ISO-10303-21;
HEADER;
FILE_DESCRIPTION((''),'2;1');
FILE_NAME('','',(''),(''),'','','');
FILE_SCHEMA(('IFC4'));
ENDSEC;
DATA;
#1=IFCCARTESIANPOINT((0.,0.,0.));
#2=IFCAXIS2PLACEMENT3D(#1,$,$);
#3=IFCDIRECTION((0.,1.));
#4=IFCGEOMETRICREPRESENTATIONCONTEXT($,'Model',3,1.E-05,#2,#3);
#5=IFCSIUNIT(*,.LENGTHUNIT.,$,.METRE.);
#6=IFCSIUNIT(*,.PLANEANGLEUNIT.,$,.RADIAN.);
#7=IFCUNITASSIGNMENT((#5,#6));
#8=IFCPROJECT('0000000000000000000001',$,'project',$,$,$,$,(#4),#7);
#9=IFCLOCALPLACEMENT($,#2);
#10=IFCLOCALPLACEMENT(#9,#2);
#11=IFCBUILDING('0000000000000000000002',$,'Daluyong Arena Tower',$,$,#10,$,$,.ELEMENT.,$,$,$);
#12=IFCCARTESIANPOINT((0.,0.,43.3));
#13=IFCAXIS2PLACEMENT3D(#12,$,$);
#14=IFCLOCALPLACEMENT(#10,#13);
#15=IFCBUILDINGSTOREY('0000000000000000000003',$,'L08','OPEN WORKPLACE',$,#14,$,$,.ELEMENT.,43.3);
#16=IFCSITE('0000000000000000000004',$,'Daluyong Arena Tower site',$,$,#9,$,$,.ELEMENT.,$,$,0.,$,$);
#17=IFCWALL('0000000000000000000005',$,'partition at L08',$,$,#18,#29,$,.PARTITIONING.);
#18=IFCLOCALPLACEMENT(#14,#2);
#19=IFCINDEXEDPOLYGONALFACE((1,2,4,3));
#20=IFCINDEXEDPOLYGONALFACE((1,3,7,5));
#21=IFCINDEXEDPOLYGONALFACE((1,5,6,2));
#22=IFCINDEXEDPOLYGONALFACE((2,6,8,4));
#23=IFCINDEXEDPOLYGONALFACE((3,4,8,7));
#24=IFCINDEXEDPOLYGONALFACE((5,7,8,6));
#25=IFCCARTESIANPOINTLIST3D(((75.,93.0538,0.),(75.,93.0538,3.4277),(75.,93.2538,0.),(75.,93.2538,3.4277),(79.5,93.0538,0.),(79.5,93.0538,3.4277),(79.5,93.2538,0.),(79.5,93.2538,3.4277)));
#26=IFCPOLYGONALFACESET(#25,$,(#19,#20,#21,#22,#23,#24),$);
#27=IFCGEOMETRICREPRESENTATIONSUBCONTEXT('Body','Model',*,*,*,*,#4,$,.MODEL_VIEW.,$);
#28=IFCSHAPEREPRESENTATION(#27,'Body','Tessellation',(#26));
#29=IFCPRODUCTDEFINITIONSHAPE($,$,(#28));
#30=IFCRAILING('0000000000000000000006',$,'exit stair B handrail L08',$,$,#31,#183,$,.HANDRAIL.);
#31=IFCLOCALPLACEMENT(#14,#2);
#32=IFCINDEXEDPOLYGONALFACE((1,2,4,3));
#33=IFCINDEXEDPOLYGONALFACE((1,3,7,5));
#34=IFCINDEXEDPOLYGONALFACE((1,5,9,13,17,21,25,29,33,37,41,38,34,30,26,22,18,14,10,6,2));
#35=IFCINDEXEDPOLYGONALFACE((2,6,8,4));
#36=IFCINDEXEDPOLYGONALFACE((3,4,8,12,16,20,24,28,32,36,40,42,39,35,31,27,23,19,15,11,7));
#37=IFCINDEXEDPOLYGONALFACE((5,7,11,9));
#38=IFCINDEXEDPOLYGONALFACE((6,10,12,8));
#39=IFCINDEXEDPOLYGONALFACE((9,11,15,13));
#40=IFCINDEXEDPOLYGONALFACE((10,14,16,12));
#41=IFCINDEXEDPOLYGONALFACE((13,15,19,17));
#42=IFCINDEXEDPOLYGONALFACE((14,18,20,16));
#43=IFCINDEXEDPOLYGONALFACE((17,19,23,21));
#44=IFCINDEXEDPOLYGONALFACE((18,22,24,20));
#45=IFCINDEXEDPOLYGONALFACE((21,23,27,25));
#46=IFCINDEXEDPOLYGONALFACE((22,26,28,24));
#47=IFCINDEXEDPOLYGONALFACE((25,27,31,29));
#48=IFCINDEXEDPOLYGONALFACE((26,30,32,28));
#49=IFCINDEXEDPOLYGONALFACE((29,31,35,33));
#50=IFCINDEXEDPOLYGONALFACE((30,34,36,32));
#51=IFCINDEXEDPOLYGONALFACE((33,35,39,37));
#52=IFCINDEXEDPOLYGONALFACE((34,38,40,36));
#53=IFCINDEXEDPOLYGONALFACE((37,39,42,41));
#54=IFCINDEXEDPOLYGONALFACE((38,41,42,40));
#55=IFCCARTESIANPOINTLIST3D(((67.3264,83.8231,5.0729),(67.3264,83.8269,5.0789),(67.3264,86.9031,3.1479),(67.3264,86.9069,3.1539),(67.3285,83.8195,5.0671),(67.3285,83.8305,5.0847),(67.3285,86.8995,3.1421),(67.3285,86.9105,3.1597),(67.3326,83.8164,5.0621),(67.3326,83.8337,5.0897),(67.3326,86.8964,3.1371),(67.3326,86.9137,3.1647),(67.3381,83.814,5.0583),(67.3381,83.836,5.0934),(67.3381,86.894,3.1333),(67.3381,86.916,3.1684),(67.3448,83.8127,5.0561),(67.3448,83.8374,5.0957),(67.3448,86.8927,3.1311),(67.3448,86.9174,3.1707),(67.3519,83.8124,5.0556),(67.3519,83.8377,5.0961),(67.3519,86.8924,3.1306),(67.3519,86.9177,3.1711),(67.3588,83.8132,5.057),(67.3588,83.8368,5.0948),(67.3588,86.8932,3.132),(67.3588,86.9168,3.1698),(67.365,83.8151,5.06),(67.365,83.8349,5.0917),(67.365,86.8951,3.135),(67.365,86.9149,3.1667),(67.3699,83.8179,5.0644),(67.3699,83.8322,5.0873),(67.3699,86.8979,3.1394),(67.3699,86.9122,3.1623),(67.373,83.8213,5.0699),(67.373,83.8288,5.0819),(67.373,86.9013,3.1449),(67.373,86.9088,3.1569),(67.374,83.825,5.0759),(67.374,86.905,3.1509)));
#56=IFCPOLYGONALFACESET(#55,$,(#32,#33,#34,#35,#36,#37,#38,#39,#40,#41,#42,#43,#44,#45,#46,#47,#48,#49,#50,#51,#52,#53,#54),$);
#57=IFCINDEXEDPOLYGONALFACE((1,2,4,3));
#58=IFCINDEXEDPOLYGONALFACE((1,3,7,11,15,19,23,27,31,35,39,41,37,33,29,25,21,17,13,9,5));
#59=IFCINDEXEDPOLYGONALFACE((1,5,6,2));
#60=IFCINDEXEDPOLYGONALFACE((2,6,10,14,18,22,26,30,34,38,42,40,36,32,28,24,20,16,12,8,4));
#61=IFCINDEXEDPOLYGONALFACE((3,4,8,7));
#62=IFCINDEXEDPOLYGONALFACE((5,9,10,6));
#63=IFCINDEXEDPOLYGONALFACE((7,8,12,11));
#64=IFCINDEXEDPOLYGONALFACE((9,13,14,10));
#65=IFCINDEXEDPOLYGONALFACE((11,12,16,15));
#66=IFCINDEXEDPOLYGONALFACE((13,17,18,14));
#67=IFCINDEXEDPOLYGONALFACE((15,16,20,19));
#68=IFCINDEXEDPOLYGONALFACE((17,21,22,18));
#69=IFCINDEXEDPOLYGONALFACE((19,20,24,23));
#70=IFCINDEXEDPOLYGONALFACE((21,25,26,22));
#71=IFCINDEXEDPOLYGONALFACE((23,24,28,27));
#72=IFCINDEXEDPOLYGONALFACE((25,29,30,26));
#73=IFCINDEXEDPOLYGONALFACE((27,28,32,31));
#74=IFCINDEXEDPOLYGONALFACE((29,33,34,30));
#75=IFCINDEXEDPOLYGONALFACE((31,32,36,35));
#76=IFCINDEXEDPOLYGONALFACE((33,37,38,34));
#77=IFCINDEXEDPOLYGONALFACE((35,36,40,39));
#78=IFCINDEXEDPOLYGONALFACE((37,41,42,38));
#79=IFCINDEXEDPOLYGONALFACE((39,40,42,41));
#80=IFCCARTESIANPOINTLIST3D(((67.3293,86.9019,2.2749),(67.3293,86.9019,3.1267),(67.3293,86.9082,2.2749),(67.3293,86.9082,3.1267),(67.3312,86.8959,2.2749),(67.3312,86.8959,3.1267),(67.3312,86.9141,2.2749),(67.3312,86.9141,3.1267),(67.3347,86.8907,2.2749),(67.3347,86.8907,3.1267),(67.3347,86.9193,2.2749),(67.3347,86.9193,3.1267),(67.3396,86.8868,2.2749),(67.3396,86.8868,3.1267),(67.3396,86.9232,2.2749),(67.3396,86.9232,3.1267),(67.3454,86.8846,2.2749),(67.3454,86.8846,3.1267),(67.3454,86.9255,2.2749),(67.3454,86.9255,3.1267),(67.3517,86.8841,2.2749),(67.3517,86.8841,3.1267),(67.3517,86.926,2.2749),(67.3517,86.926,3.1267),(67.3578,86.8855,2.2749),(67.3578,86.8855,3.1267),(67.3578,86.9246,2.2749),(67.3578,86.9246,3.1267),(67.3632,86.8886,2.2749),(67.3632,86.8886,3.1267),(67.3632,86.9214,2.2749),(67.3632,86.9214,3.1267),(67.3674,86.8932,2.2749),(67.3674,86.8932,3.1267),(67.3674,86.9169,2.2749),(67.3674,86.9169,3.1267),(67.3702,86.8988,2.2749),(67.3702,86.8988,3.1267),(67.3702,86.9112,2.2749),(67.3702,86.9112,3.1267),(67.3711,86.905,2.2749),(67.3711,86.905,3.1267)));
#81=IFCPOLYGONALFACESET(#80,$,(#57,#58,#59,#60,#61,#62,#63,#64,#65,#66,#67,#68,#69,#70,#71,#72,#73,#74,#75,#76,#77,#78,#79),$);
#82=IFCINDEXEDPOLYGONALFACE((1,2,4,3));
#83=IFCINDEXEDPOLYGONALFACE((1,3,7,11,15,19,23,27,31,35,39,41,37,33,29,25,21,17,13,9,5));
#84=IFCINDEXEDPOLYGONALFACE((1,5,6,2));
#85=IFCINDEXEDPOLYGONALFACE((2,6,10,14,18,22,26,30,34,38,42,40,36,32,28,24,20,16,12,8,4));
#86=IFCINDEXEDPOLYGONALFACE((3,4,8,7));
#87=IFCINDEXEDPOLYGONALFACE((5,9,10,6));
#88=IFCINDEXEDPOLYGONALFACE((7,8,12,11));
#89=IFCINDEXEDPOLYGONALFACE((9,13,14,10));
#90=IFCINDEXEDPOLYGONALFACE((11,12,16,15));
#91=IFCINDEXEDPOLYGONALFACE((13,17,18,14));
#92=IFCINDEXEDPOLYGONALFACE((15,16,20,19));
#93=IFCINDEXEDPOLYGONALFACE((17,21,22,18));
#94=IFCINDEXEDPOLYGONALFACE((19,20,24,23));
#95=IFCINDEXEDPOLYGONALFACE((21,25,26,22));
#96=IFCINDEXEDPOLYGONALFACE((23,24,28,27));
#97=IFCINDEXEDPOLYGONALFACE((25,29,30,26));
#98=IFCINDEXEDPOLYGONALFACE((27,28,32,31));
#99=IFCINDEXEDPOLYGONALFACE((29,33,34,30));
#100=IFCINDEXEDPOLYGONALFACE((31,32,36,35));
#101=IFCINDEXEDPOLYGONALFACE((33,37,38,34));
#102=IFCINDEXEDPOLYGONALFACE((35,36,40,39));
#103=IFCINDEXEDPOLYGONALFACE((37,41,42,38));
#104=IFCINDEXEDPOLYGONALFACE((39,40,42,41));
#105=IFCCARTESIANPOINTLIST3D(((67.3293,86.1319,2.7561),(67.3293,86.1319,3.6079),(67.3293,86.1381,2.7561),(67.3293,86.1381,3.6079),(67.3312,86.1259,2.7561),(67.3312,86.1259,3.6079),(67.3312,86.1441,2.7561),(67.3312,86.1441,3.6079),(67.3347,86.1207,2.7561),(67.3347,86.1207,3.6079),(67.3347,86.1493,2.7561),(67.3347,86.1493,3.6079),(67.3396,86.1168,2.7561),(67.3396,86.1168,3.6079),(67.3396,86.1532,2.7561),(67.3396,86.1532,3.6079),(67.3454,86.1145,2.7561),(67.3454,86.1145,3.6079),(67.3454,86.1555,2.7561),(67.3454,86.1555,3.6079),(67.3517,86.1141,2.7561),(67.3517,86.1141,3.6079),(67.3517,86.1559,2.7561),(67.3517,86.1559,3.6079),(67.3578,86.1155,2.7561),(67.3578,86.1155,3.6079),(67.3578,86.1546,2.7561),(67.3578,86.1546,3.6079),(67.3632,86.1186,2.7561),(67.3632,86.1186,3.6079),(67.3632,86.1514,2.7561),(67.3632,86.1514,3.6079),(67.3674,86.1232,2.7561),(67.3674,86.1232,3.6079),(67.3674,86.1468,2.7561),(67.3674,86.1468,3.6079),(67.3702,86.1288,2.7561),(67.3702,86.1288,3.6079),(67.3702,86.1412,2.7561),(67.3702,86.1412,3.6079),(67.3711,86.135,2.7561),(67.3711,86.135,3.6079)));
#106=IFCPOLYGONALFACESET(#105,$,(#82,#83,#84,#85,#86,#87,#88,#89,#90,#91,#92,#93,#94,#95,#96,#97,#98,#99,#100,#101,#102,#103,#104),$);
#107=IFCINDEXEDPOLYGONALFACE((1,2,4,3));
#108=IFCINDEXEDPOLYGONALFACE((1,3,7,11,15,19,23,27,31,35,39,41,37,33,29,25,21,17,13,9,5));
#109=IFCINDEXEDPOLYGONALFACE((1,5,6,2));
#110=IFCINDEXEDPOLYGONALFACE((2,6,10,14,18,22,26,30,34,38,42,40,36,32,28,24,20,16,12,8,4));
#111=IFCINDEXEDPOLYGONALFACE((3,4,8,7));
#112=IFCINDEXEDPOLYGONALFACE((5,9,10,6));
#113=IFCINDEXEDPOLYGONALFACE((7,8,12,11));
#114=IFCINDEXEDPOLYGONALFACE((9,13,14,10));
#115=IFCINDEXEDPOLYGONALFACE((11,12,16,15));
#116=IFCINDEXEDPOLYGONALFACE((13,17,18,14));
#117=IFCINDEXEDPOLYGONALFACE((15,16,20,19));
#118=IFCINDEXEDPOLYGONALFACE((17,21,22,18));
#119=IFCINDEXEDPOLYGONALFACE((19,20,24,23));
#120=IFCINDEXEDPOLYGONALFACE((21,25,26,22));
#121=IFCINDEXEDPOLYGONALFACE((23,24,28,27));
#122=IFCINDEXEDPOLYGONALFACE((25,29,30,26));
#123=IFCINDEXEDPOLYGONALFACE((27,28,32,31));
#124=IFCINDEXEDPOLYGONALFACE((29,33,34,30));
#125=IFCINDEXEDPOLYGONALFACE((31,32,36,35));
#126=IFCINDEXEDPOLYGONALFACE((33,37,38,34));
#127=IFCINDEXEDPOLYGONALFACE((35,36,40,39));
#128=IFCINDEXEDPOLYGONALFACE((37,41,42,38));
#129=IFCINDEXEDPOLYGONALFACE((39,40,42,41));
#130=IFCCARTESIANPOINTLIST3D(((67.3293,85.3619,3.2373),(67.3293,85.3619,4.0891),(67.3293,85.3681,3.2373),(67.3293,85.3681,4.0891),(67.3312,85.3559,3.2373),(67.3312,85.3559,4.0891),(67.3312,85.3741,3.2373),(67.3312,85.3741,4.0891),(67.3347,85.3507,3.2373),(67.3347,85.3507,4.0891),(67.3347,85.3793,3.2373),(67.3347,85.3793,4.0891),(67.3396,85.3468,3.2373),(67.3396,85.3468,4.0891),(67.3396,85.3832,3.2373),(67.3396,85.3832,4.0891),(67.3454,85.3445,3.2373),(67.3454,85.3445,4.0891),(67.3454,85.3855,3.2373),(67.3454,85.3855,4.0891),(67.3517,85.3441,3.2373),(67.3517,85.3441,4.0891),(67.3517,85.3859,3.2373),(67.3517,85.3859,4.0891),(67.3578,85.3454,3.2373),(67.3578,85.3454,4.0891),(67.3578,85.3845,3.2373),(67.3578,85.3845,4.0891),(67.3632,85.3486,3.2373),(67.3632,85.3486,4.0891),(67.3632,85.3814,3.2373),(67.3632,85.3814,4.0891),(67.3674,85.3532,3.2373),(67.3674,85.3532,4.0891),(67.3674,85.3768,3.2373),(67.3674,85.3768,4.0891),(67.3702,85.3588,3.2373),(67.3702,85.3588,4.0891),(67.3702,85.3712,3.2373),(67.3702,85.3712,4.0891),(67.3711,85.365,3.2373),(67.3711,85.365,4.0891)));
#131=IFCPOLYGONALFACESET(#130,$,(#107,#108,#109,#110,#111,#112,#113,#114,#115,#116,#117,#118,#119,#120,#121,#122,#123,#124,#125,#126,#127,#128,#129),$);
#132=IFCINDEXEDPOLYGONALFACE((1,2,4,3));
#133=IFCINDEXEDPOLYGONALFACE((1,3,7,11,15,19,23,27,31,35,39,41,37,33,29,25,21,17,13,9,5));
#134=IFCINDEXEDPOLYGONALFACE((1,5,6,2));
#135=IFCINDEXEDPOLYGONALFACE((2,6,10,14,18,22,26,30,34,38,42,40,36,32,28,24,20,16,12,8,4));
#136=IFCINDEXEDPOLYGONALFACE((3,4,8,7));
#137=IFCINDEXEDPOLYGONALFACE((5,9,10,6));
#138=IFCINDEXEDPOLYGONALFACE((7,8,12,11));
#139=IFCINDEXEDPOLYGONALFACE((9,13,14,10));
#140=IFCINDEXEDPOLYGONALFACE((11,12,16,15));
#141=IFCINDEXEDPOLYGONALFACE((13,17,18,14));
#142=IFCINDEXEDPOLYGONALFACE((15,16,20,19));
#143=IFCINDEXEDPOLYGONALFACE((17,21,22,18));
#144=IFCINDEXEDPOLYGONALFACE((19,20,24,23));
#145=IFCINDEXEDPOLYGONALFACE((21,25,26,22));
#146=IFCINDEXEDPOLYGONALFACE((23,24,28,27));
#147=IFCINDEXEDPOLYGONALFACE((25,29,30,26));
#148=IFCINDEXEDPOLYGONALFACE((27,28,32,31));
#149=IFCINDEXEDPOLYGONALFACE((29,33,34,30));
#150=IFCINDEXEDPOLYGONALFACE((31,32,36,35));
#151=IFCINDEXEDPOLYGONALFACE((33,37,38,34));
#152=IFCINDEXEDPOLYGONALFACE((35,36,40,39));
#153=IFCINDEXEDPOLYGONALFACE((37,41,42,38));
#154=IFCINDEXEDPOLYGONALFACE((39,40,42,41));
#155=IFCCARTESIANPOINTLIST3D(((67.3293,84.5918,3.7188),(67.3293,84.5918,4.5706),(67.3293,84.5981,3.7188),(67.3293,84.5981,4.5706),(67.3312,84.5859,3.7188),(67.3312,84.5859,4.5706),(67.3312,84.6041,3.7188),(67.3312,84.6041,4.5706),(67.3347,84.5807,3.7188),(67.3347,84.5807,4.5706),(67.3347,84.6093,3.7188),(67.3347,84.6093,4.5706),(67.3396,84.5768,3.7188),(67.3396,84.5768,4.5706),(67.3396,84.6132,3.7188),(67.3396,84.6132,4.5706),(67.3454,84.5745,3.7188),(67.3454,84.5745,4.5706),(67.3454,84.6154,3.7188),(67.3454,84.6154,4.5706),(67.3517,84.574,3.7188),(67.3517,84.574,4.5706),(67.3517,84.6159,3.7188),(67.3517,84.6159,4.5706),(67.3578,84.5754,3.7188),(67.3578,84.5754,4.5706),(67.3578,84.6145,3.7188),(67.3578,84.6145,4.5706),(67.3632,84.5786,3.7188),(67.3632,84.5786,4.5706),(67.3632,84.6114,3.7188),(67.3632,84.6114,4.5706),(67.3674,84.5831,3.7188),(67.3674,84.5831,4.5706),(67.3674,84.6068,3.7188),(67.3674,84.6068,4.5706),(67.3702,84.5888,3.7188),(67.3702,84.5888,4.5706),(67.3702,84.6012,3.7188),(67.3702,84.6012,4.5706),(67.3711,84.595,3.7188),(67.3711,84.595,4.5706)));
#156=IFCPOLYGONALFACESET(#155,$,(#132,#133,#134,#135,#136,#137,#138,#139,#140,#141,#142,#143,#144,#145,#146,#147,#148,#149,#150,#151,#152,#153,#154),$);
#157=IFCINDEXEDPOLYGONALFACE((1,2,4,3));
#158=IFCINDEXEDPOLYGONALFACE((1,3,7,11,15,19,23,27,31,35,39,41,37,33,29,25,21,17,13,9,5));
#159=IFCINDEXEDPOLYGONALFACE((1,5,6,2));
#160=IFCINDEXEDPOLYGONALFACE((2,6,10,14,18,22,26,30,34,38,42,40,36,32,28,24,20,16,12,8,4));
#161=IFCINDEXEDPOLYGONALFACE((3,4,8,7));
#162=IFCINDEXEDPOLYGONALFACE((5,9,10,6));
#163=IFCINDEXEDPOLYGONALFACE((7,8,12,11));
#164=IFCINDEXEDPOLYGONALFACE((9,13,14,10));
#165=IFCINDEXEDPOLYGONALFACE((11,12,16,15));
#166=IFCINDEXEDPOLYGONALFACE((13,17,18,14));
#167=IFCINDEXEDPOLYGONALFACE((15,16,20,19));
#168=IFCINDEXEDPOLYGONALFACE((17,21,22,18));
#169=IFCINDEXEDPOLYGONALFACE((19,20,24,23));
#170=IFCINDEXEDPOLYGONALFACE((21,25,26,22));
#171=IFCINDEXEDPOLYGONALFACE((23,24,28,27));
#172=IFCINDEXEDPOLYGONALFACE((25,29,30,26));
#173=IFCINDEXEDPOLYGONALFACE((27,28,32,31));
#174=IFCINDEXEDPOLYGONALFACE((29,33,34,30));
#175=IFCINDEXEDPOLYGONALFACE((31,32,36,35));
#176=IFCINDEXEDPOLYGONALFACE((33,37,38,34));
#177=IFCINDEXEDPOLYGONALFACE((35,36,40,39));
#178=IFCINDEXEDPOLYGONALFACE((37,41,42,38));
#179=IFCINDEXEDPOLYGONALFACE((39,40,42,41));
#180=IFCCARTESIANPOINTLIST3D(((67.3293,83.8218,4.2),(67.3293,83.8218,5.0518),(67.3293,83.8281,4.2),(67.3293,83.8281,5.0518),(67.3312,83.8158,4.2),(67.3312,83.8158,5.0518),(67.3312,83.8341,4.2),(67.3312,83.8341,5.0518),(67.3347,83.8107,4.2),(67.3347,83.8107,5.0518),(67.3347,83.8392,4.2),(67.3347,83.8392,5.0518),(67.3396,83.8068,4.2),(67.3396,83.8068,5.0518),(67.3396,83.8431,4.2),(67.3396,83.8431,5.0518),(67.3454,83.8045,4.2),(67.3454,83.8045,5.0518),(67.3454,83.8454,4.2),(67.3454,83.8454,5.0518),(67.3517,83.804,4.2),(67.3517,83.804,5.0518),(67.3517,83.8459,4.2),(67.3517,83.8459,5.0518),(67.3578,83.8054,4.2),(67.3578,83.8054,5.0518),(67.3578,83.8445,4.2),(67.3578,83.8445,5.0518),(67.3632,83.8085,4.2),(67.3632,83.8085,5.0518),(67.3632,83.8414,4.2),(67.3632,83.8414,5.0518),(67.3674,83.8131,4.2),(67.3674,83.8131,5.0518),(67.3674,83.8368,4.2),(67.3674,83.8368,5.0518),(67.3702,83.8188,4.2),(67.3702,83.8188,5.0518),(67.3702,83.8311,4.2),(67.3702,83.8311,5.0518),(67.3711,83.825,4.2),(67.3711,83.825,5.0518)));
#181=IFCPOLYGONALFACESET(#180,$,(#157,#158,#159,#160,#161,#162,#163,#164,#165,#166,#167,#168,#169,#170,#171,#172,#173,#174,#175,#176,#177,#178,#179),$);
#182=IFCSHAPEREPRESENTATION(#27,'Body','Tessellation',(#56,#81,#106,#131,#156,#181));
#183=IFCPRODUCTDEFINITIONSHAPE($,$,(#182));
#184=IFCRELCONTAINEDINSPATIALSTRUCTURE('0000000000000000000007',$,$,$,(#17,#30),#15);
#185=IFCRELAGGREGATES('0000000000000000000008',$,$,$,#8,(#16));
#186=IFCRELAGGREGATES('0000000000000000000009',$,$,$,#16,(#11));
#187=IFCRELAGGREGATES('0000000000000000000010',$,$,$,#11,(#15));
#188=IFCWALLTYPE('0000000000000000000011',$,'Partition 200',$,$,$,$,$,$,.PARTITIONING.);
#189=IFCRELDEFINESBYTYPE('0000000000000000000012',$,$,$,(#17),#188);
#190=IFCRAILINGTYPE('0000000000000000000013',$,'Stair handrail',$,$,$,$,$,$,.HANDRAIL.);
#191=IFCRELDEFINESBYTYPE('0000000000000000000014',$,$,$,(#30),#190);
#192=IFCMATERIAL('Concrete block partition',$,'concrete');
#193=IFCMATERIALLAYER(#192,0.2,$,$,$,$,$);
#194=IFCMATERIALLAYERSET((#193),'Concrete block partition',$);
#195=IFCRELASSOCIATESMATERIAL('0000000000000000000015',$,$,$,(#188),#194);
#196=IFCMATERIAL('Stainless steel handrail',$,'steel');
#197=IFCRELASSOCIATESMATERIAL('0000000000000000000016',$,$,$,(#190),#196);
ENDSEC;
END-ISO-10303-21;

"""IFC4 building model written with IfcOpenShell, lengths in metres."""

from ifc_helpers import new_model, si_unit, direction, frame, frame_2d, origin, origin_2d, place, context, subcontext, project, spatial, rectangle, circle, extrude, material, layer, layer_set, type_object, element, save


model = new_model("IFC4")

# Units and contexts
model_context = context("Model", 3, precision=1e-05, world=origin(), true_north=direction((0.0, 1.0)))
body_context = subcontext(model_context, "Body", "Model", "MODEL_VIEW")
ifc_project = project(units=[si_unit("LENGTHUNIT", "METRE"), si_unit("PLANEANGLEUNIT", "RADIAN")], contexts=[model_context])

# Site, building, storey
site_placement = place(None, origin())
site = spatial("IfcSite", under=ifc_project, at=site_placement, Name="Daluyong Arena Tower site", CompositionType="ELEMENT", RefElevation=0.0)
building_placement = place(site_placement, origin())
building = spatial("IfcBuilding", under=site, at=building_placement, Name="Daluyong Arena Tower", CompositionType="ELEMENT")
storey_placement = place(building_placement, frame((0.0, 0.0, 43.3)))
storey = spatial("IfcBuildingStorey", under=building, at=storey_placement, Name="L08", Description="OPEN WORKPLACE", CompositionType="ELEMENT", Elevation=43.3)

# Wall
ifc_material_1 = material(Name="Concrete block partition", Category="concrete")
ifc_layer_1 = layer(ifc_material_1, 0.2)
ifc_layer_set_1 = layer_set([ifc_layer_1], Name="Concrete block partition")
wall_type_1 = type_object("IfcWallType", Name="Partition 200", PredefinedType="PARTITIONING", material=ifc_layer_set_1)
wall_1_placement = place(storey_placement, frame((75.0, 93.1538, 0.0), z_axis=(0.0, 0.0, 1.0), x_axis=(1.0, 0.0, 0.0)))
element("IfcWall", 1, at=wall_1_placement, inside=storey, type_object=wall_type_1, Name="partition at L08", PredefinedType="PARTITIONING", context=body_context, shape_type="SweptSolid", body=[
    extrude(rectangle(XDim=4.5, YDim=0.2, at=frame_2d((2.25, 0.0))), origin(), (0.0, 0.0, 1.0), 3.4277),
])

# Railing
ifc_material_2 = material(Name="Stainless steel handrail", Category="steel")
railing_type = type_object("IfcRailingType", Name="Stair handrail", PredefinedType="HANDRAIL", material=ifc_material_2)
railing_placement = place(storey_placement, frame((67.3501, 86.905, 2.2749)))
element("IfcRailing", 2, at=railing_placement, inside=storey, type_object=railing_type, Name="exit stair B handrail L08", PredefinedType="HANDRAIL", context=body_context, shape_type="SweptSolid", body=[
    extrude(circle(Radius=0.0239, at=origin_2d()), frame((0.0, 0.0, 0.876), z_axis=(0.0, -0.847998, 0.529999), x_axis=(1.0, 0.0, 0.0)), (0.0, 0.0, 1.0), 3.6321),
    extrude(circle(Radius=0.021, at=origin_2d()), origin(), (0.0, 0.0, 1.0), 0.8518),
    extrude(circle(Radius=0.021, at=origin_2d()), frame((0.0, -0.77, 0.4812)), (0.0, 0.0, 1.0), 0.8518),
    extrude(circle(Radius=0.021, at=origin_2d()), frame((0.0, -1.54, 0.9624)), (0.0, 0.0, 1.0), 0.8518),
    extrude(circle(Radius=0.021, at=origin_2d()), frame((0.0, -2.3101, 1.4438)), (0.0, 0.0, 1.0), 0.8518),
    extrude(circle(Radius=0.021, at=origin_2d()), frame((0.0, -3.0801, 1.925)), (0.0, 0.0, 1.0), 0.8518),
])

save(model, "model.ifc")
